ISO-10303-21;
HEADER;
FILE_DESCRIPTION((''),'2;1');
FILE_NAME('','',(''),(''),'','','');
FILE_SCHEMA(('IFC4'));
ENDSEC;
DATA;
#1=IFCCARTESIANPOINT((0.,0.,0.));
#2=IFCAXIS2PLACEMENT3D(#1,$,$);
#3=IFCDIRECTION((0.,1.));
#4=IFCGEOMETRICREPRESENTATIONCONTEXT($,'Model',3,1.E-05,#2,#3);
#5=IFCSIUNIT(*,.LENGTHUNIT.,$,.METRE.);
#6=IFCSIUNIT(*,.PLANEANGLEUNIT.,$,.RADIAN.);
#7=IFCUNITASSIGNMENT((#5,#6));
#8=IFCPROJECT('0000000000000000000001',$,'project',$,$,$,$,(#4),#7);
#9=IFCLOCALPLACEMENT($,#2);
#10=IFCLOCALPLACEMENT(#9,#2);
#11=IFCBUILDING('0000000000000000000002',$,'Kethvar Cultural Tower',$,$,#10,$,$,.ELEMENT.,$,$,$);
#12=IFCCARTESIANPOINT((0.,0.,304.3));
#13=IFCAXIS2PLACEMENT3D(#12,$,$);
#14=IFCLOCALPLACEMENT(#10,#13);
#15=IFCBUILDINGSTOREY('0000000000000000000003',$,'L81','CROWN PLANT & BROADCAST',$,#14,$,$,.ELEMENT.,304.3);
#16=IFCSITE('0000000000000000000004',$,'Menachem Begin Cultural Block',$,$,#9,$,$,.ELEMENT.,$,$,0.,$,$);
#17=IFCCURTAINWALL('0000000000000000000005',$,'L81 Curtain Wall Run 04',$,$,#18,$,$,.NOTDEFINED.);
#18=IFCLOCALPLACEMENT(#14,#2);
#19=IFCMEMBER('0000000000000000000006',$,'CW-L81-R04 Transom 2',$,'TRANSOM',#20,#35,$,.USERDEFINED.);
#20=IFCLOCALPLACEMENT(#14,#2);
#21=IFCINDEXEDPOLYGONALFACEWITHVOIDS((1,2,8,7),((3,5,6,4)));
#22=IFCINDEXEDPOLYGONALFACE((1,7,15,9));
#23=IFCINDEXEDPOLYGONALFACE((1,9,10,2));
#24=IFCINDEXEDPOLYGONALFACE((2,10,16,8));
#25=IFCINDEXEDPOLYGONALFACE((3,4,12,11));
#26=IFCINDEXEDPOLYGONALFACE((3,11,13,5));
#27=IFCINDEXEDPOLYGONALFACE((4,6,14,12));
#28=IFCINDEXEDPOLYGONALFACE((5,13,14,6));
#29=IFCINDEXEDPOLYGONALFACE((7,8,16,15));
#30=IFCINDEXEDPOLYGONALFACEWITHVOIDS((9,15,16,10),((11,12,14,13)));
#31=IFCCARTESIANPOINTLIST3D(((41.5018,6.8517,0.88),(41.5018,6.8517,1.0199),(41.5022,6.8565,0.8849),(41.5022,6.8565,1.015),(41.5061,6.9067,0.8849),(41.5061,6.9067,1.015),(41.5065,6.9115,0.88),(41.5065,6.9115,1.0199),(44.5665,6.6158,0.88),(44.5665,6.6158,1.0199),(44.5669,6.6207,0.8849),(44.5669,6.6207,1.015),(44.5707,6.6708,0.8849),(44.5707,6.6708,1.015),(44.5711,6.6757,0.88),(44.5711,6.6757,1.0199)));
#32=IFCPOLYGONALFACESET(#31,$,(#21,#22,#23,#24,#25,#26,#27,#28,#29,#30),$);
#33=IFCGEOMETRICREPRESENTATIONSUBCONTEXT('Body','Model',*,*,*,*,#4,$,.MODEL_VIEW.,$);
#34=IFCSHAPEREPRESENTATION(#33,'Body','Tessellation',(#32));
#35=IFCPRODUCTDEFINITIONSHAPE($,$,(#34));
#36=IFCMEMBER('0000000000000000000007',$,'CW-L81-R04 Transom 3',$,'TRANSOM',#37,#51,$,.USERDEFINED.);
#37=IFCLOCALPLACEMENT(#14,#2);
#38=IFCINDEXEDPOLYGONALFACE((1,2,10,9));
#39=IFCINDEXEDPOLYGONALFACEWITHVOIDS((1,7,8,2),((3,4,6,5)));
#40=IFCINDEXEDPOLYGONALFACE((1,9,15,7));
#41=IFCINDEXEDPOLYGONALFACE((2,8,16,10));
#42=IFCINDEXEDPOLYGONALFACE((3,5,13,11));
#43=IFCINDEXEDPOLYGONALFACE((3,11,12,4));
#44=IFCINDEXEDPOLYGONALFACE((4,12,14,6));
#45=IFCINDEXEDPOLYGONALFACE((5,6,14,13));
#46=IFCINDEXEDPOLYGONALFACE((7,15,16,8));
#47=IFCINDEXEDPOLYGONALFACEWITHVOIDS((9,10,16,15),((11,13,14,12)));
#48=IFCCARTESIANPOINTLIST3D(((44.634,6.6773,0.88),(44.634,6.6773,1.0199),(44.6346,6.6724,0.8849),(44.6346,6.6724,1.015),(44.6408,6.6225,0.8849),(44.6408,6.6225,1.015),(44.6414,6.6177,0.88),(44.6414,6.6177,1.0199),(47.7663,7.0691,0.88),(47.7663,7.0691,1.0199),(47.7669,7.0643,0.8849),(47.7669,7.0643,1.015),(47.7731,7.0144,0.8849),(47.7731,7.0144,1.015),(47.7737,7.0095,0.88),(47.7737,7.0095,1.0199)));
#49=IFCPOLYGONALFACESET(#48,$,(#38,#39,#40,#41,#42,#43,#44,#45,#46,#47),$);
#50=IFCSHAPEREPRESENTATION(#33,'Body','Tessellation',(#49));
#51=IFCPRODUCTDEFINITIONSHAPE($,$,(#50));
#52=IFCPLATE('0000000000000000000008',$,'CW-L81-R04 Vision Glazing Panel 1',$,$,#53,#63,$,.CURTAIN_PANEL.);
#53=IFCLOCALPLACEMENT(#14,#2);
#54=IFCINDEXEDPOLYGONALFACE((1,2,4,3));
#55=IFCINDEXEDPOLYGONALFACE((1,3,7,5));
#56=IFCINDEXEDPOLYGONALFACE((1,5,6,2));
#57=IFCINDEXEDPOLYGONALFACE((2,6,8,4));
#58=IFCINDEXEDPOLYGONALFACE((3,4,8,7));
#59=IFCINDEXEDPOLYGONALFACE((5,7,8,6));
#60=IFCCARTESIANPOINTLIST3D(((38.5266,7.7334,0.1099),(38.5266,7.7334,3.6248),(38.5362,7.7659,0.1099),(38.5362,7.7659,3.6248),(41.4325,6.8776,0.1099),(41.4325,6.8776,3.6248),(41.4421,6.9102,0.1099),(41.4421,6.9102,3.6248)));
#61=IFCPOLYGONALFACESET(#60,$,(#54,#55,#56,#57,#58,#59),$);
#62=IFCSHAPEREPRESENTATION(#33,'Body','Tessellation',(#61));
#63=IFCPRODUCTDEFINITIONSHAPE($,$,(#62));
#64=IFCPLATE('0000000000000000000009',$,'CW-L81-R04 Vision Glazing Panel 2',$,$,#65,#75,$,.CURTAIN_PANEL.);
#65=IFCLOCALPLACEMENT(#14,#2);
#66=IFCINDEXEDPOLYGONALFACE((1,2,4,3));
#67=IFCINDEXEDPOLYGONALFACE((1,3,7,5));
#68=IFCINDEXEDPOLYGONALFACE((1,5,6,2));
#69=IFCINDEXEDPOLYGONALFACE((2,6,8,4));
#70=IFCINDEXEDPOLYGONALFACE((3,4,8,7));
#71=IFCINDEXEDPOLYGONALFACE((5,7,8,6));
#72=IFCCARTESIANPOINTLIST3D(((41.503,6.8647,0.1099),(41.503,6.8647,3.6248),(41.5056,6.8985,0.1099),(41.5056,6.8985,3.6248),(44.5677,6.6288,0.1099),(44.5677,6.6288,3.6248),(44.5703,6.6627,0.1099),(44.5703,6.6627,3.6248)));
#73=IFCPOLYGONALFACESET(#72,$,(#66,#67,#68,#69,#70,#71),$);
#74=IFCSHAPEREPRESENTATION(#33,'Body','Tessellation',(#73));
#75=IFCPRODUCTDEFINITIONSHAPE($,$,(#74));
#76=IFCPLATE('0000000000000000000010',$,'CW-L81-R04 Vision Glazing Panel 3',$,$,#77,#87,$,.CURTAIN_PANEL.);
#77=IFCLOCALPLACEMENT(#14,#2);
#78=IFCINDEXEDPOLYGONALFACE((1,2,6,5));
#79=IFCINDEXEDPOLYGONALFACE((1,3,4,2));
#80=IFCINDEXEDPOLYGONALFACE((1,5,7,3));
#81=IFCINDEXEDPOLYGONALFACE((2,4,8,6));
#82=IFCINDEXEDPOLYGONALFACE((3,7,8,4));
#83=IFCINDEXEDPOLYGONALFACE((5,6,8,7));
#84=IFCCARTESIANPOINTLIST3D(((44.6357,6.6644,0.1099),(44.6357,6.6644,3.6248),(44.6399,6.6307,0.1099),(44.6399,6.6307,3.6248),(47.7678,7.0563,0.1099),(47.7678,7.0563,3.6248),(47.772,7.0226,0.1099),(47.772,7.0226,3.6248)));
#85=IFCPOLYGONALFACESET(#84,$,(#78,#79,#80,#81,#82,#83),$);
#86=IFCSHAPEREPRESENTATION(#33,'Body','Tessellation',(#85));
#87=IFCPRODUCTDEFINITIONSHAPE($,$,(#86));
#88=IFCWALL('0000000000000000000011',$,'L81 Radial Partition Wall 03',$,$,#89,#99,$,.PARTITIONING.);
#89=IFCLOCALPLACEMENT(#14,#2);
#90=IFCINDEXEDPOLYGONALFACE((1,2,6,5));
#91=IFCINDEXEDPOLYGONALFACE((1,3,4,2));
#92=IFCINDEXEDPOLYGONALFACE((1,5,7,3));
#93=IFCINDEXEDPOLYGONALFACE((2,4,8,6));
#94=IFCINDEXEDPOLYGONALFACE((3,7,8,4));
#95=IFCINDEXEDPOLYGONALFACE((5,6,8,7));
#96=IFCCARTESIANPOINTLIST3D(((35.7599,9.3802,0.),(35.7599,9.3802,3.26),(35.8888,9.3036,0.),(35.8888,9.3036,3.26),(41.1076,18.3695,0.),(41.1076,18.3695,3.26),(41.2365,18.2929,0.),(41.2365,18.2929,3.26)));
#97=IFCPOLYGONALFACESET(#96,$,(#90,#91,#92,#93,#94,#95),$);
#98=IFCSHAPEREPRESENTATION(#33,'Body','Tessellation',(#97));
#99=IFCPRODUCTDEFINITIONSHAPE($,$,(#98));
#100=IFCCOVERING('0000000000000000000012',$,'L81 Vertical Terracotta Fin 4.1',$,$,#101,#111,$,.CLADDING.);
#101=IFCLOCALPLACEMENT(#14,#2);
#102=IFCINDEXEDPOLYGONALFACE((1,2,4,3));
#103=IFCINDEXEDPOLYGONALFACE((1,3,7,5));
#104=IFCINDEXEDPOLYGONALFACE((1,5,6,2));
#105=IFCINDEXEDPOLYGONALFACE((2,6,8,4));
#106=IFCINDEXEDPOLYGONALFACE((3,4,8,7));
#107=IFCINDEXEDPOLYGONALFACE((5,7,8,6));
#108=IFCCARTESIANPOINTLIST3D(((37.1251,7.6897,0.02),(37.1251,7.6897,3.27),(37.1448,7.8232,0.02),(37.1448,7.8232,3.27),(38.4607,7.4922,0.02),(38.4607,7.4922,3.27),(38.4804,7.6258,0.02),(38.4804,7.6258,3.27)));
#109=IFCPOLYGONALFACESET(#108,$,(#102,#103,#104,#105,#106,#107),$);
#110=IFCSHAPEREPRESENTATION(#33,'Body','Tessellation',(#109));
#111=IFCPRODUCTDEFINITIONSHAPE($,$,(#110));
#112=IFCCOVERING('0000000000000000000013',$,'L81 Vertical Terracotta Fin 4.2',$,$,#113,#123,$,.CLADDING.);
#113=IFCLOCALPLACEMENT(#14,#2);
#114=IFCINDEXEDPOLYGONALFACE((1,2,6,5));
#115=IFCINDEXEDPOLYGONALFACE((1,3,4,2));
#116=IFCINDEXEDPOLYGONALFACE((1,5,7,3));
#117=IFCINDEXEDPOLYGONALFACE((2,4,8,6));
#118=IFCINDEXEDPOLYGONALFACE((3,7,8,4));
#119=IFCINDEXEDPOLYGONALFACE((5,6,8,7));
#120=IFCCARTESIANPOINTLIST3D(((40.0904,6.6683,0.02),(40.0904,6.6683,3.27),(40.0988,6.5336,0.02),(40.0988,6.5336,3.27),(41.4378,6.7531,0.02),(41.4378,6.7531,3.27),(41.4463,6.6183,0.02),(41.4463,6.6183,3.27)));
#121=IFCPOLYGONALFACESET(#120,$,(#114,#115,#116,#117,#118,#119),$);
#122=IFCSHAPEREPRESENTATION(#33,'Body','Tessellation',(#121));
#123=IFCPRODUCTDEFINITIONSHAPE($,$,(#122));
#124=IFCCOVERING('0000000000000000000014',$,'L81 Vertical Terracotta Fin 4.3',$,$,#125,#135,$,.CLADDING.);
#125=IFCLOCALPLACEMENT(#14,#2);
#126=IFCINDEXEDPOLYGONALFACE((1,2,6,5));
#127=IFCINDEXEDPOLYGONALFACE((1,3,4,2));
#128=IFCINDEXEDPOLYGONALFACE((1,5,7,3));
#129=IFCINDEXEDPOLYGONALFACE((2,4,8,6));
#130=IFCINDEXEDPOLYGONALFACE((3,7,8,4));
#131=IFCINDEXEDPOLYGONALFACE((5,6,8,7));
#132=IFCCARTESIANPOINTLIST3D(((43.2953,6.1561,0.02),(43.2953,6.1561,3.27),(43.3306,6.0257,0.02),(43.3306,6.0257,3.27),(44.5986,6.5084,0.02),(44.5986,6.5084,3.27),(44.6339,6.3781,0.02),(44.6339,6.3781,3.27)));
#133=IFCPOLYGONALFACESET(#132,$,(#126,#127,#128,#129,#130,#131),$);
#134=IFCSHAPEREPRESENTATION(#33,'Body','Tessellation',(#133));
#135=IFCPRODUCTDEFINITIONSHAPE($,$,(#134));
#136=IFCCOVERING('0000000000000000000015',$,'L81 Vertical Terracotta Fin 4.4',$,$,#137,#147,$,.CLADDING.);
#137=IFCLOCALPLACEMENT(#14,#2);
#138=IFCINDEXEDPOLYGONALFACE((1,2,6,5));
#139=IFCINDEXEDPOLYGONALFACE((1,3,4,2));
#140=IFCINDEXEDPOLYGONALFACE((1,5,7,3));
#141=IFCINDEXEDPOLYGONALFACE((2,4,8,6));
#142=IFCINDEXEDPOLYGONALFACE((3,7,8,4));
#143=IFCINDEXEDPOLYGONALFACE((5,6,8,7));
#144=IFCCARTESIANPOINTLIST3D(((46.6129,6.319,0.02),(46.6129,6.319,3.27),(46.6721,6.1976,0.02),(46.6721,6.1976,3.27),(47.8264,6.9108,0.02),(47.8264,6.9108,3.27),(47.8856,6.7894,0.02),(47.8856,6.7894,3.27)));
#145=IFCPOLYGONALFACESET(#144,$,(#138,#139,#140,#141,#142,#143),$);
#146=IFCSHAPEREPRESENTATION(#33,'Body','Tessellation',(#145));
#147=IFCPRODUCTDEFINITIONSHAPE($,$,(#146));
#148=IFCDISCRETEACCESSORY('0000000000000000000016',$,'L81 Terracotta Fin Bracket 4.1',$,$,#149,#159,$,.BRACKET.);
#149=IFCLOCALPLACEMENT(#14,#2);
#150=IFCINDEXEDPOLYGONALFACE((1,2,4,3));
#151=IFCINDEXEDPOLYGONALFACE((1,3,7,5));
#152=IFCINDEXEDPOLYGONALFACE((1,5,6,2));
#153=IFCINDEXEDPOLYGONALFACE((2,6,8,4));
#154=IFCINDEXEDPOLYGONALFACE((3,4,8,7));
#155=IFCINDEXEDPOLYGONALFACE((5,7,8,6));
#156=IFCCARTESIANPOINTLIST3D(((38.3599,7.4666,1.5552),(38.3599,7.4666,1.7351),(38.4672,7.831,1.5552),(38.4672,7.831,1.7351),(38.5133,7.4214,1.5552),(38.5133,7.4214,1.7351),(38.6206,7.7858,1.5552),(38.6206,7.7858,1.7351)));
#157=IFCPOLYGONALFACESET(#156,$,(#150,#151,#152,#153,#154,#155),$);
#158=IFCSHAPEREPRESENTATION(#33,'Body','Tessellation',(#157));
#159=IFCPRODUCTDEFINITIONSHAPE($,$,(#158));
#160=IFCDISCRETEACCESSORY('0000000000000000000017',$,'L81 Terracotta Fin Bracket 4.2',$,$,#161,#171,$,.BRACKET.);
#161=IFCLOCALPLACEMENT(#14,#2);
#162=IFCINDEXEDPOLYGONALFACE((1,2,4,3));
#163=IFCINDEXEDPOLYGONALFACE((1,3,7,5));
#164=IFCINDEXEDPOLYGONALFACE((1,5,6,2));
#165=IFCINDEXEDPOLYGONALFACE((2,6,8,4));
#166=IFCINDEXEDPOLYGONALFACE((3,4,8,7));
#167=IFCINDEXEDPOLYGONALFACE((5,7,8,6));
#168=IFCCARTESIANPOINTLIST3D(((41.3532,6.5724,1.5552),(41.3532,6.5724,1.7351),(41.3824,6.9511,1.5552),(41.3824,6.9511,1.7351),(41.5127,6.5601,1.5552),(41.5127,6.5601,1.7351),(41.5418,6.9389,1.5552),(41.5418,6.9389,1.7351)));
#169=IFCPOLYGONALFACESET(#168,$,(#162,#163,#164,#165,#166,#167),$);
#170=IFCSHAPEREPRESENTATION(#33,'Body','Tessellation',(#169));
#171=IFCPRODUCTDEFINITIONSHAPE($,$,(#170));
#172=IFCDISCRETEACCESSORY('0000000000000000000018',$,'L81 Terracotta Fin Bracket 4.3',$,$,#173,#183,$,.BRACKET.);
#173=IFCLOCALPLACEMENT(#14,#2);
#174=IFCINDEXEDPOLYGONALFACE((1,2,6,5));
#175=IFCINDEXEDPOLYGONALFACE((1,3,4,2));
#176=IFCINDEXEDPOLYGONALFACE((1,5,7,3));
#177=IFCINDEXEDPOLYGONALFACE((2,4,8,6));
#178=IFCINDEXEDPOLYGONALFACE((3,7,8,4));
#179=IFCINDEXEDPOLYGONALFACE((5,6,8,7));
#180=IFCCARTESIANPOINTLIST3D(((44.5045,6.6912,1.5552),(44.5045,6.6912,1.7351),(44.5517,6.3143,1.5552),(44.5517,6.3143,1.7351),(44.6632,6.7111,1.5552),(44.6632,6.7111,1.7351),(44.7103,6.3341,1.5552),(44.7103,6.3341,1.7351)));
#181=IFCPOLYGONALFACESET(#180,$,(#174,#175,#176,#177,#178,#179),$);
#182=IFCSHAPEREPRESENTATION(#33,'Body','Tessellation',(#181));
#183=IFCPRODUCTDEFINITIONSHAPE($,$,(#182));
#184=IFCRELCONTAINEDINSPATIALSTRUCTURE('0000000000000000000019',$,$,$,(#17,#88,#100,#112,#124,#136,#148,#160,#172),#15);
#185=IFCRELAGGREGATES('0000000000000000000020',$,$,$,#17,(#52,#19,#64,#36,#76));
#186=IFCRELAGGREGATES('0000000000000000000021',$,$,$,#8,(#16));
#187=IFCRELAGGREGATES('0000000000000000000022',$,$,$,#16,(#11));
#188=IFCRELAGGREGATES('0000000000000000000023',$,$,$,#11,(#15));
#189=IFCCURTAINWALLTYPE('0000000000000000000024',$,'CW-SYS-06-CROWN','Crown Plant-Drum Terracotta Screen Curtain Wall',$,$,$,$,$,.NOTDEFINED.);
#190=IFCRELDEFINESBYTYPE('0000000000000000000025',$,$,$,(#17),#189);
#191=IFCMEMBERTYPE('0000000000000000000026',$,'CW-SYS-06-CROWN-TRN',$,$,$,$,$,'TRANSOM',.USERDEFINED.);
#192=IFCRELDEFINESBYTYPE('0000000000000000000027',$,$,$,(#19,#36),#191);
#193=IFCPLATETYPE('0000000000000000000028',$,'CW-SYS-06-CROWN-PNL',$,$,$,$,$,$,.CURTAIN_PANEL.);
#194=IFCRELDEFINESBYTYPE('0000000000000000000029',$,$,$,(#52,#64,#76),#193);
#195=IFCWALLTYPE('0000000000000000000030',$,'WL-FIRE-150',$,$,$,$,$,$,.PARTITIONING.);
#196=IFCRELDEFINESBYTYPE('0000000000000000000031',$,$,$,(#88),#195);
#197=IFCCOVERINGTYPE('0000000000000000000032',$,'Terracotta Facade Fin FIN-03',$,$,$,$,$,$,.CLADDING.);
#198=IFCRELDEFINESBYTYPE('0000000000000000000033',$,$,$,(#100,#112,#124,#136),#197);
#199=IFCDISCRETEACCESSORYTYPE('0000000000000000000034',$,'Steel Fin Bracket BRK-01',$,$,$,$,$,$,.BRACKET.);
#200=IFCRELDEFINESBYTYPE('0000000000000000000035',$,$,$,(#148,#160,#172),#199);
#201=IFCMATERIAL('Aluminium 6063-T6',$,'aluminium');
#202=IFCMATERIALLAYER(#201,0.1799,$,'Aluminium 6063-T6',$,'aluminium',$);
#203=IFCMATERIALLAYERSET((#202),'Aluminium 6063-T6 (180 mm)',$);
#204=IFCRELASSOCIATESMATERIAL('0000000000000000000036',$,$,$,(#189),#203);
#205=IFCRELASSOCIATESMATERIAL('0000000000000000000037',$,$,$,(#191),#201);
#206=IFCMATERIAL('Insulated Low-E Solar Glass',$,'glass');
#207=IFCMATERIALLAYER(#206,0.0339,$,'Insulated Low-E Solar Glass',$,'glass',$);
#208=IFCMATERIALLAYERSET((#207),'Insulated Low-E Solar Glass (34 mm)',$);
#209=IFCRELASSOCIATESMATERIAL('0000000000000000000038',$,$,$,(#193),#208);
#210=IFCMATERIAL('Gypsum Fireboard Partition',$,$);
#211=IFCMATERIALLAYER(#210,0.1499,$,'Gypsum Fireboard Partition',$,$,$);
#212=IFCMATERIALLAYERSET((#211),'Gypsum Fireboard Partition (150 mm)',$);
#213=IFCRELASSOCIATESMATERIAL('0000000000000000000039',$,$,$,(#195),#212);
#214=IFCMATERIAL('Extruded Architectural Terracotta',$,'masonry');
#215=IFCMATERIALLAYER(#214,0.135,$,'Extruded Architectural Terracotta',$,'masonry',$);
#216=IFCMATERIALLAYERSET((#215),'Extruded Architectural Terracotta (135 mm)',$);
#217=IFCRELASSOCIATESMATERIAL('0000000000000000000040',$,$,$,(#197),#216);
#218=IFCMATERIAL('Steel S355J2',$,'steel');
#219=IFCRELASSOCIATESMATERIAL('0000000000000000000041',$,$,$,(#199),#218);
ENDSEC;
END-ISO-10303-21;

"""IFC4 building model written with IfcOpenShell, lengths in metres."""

from ifc_helpers import new_model, si_unit, direction, frame, frame_2d, origin, origin_2d, place, context, subcontext, project, spatial, rectangle, hollow_rectangle, extrude, source, transform, mapped, material, layer, layer_set, material_profile, profile_set, type_object, element, aggregate, save


model = new_model("IFC4")

# Units and contexts
model_context = context("Model", 3, precision=1e-05, world=origin(), true_north=direction((0.0, 1.0)))
body_context = subcontext(model_context, "Body", "Model", "MODEL_VIEW")
ifc_project = project(units=[si_unit("LENGTHUNIT", "METRE"), si_unit("PLANEANGLEUNIT", "RADIAN")], contexts=[model_context])

# Site, building, storey
site_placement = place(None, origin())
site = spatial("IfcSite", under=ifc_project, at=site_placement, Name="Menachem Begin Cultural Block", CompositionType="ELEMENT", RefElevation=0.0)
building_placement = place(site_placement, origin())
building = spatial("IfcBuilding", under=site, at=building_placement, Name="Kethvar Cultural Tower", CompositionType="ELEMENT")
storey_placement = place(building_placement, frame((0.0, 0.0, 304.3)))
storey = spatial("IfcBuildingStorey", under=building, at=storey_placement, Name="L81", Description="CROWN PLANT & BROADCAST", CompositionType="ELEMENT", Elevation=304.3)

# Shared definitions
ifc_material_1 = material(Name="Steel S355J2", Category="steel")

# Shared definitions
ifc_material_2 = material(Name="Aluminium 6063-T6", Category="aluminium")
ifc_layer_1 = layer(ifc_material_2, 0.1799, Name="Aluminium 6063-T6", Category="aluminium")
ifc_layer_set_1 = layer_set([ifc_layer_1], Name="Aluminium 6063-T6 (180 mm)")
curtain_wall_type = type_object("IfcCurtainWallType", Name="CW-SYS-06-CROWN", Description="Crown Plant-Drum Terracotta Screen Curtain Wall", PredefinedType="NOTDEFINED", material=ifc_layer_set_1)

# Curtain wall, members, plates
curtain_wall_1_placement = place(storey_placement, origin())
curtain_wall_1 = element("IfcCurtainWall", 1, at=curtain_wall_1_placement, inside=storey, type_object=curtain_wall_type, Name="L81 Curtain Wall Run 04", PredefinedType="NOTDEFINED")
ifc_material_profile_1 = material_profile(ifc_material_2, hollow_rectangle(XDim=0.0601, YDim=0.1399, WallThickness=0.0049, at=origin_2d()), Name="Aluminium 6063-T6 — RHS140x60x5")
ifc_profile_set_1 = profile_set([ifc_material_profile_1], Name="Aluminium 6063-T6 — RHS140x60x5")
member_type_1 = type_object("IfcMemberType", Name="CW-SYS-06-CROWN-TRN", ElementType="TRANSOM", PredefinedType="USERDEFINED", material=ifc_profile_set_1)
shared_shape_1 = source(origin(), body_context, "Body", "SweptSolid", [
    extrude(hollow_rectangle(XDim=0.0601, YDim=0.1399, WallThickness=0.0049, at=origin_2d()), origin(), (0.0, 0.0, 1.0), 3.0737),
])
member_1_placement = place(storey_placement, frame((41.5042, 6.8816, 0.95), z_axis=(0.997052, -0.076727, 0.0), x_axis=(0.076727, 0.997052, 0.0)))
member_1 = element("IfcMember", 2, at=member_1_placement, type_object=member_type_1, Name="CW-L81-R04 Transom 2", ObjectType="TRANSOM", PredefinedType="USERDEFINED", context=body_context, shape_type="MappedRepresentation", body=[
    mapped(shared_shape_1, transform((0.0, 0.0, 0.0), scale=1.0)),
])
shared_shape_2 = source(origin(), body_context, "Body", "SweptSolid", [
    extrude(hollow_rectangle(XDim=0.0601, YDim=0.1399, WallThickness=0.0049, at=origin_2d()), origin(), (0.0, 0.0, 1.0), 3.1567),
])
member_2_placement = place(storey_placement, frame((44.6377, 6.6475, 0.95), z_axis=(0.992266, 0.12413, 0.0), x_axis=(-0.12413, 0.992266, 0.0)))
member_2 = element("IfcMember", 3, at=member_2_placement, type_object=member_type_1, Name="CW-L81-R04 Transom 3", ObjectType="TRANSOM", PredefinedType="USERDEFINED", context=body_context, shape_type="MappedRepresentation", body=[
    mapped(shared_shape_2, transform((0.0, 0.0, 0.0), scale=1.0)),
])
ifc_material_3 = material(Name="Insulated Low-E Solar Glass", Category="glass")
ifc_layer_2 = layer(ifc_material_3, 0.0339, Name="Insulated Low-E Solar Glass", Category="glass")
ifc_layer_set_2 = layer_set([ifc_layer_2], Name="Insulated Low-E Solar Glass (34 mm)")
plate_type = type_object("IfcPlateType", Name="CW-SYS-06-CROWN-PNL", PredefinedType="CURTAIN_PANEL", material=ifc_layer_set_2)
shared_shape_3 = source(origin(), body_context, "Body", "SweptSolid", [
    extrude(rectangle(XDim=3.0293, YDim=0.0339, at=origin_2d()), origin(), (0.0, 0.0, 1.0), 3.5149),
])
plate_1_placement = place(storey_placement, frame((39.9844, 7.3218, 0.1099), z_axis=(0.0, 0.0, 1.0), x_axis=(0.959275, -0.282475, 0.0)))
plate_1 = element("IfcPlate", 4, at=plate_1_placement, type_object=plate_type, Name="CW-L81-R04 Vision Glazing Panel 1", PredefinedType="CURTAIN_PANEL", context=body_context, shape_type="MappedRepresentation", body=[
    mapped(shared_shape_3, transform((0.0, 0.0, 0.0), scale=1.0)),
])
shared_shape_4 = source(origin(), body_context, "Body", "SweptSolid", [
    extrude(rectangle(XDim=3.0737, YDim=0.0339, at=origin_2d()), origin(), (0.0, 0.0, 1.0), 3.5149),
])
plate_2_placement = place(storey_placement, frame((43.0366, 6.7637, 0.1099), z_axis=(0.0, 0.0, 1.0), x_axis=(0.997053, -0.076719, 0.0)))
plate_2 = element("IfcPlate", 5, at=plate_2_placement, type_object=plate_type, Name="CW-L81-R04 Vision Glazing Panel 2", PredefinedType="CURTAIN_PANEL", context=body_context, shape_type="MappedRepresentation", body=[
    mapped(shared_shape_4, transform((0.0, 0.0, 0.0), scale=1.0)),
])
shared_shape_5 = source(origin(), body_context, "Body", "SweptSolid", [
    extrude(rectangle(XDim=3.1565, YDim=0.0339, at=origin_2d()), origin(), (0.0, 0.0, 1.0), 3.5149),
])
plate_3_placement = place(storey_placement, frame((46.2039, 6.8435, 0.1099), z_axis=(0.0, 0.0, 1.0), x_axis=(0.992263, 0.124156, 0.0)))
plate_3 = element("IfcPlate", 6, at=plate_3_placement, type_object=plate_type, Name="CW-L81-R04 Vision Glazing Panel 3", PredefinedType="CURTAIN_PANEL", context=body_context, shape_type="MappedRepresentation", body=[
    mapped(shared_shape_5, transform((0.0, 0.0, 0.0), scale=1.0)),
])
aggregate(curtain_wall_1, [plate_1, member_1, plate_2, member_2, plate_3])

# Wall
ifc_material_4 = material(Name="Gypsum Fireboard Partition")
ifc_layer_3 = layer(ifc_material_4, 0.1499, Name="Gypsum Fireboard Partition")
ifc_layer_set_3 = layer_set([ifc_layer_3], Name="Gypsum Fireboard Partition (150 mm)")
wall_type_1 = type_object("IfcWallType", Name="WL-FIRE-150", PredefinedType="PARTITIONING", material=ifc_layer_set_3)
wall_1_placement = place(storey_placement, frame((41.1721, 18.3313, 0.0), z_axis=(0.0, 0.0, 1.0), x_axis=(-0.511266, -0.859423, 0.0)))
element("IfcWall", 7, at=wall_1_placement, inside=storey, type_object=wall_type_1, Name="L81 Radial Partition Wall 03", PredefinedType="PARTITIONING", context=body_context, shape_type="SweptSolid", body=[
    extrude(rectangle(XDim=10.4597, YDim=0.1499, at=frame_2d((5.23, 0.0))), origin(), (0.0, 0.0, 1.0), 3.26),
])

# Coverings
ifc_material_5 = material(Name="Extruded Architectural Terracotta", Category="masonry")
ifc_layer_4 = layer(ifc_material_5, 0.135, Name="Extruded Architectural Terracotta", Category="masonry")
ifc_layer_set_4 = layer_set([ifc_layer_4], Name="Extruded Architectural Terracotta (135 mm)")
covering_type = type_object("IfcCoveringType", Name="Terracotta Facade Fin FIN-03", PredefinedType="CLADDING", material=ifc_layer_set_4)
shared_shape_6 = source(origin(), body_context, "Body", "SweptSolid", [
    extrude(rectangle(XDim=1.3501, YDim=0.135, at=origin_2d()), origin(), (0.0, 0.0, 1.0), 3.25),
])
for number, where, z_axis, x_axis, name in (
    (8, (37.8027, 7.6577, 0.02), (0.0, 0.0, 1.0), (-0.989247, 0.146256, 0.0), "L81 Vertical Terracotta Fin 4.1"),
    (9, (40.7683, 6.6433, 0.02), (0.0, 0.0, 1.0), (-0.998027, -0.062791, 0.0), "L81 Vertical Terracotta Fin 4.2"),
    (10, (43.9646, 6.2671, 0.02), (0.0, 0.0, 1.0), (-0.965336, -0.26101, 0.0), "L81 Vertical Terracotta Fin 4.3"),
    (11, (47.2493, 6.5542, 0.02), (0.0, 0.0, 1.0), (-0.898794, -0.438371, 0.0), "L81 Vertical Terracotta Fin 4.4"),
):
    element("IfcCovering", number, at=place(storey_placement, frame(where, z_axis=z_axis, x_axis=x_axis)), inside=storey, type_object=covering_type, Name=name, PredefinedType="CLADDING", context=body_context, shape_type="MappedRepresentation", body=[
        mapped(shared_shape_6, transform((0.0, 0.0, 0.0), scale=1.0)),
    ])

# Discrete accessories
discrete_accessory_type = type_object("IfcDiscreteAccessoryType", Name="Steel Fin Bracket BRK-01", PredefinedType="BRACKET", material=ifc_material_1)
shared_shape_7 = source(origin(), body_context, "Body", "SweptSolid", [
    extrude(rectangle(XDim=0.3799, YDim=0.1599, at=origin_2d()), origin(), (0.0, 0.0, 1.0), 0.1799),
])
for number, where, z_axis, x_axis, name in (
    (12, (38.4902, 7.6262, 1.5552), (0.0, 0.0, 1.0), (-0.282509, -0.959265, 0.0), "L81 Terracotta Fin Bracket 4.1"),
    (13, (41.4475, 6.7556, 1.5552), (0.0, 0.0, 1.0), (-0.076719, -0.997053, 0.0), "L81 Terracotta Fin Bracket 4.2"),
    (14, (44.6074, 6.5127, 1.5552), (0.0, 0.0, 1.0), (0.124121, -0.992267, 0.0), "L81 Terracotta Fin Bracket 4.3"),
):
    element("IfcDiscreteAccessory", number, at=place(storey_placement, frame(where, z_axis=z_axis, x_axis=x_axis)), inside=storey, type_object=discrete_accessory_type, Name=name, PredefinedType="BRACKET", context=body_context, shape_type="MappedRepresentation", body=[
        mapped(shared_shape_7, transform((0.0, 0.0, 0.0), scale=1.0)),
    ])

save(model, "model.ifc")
